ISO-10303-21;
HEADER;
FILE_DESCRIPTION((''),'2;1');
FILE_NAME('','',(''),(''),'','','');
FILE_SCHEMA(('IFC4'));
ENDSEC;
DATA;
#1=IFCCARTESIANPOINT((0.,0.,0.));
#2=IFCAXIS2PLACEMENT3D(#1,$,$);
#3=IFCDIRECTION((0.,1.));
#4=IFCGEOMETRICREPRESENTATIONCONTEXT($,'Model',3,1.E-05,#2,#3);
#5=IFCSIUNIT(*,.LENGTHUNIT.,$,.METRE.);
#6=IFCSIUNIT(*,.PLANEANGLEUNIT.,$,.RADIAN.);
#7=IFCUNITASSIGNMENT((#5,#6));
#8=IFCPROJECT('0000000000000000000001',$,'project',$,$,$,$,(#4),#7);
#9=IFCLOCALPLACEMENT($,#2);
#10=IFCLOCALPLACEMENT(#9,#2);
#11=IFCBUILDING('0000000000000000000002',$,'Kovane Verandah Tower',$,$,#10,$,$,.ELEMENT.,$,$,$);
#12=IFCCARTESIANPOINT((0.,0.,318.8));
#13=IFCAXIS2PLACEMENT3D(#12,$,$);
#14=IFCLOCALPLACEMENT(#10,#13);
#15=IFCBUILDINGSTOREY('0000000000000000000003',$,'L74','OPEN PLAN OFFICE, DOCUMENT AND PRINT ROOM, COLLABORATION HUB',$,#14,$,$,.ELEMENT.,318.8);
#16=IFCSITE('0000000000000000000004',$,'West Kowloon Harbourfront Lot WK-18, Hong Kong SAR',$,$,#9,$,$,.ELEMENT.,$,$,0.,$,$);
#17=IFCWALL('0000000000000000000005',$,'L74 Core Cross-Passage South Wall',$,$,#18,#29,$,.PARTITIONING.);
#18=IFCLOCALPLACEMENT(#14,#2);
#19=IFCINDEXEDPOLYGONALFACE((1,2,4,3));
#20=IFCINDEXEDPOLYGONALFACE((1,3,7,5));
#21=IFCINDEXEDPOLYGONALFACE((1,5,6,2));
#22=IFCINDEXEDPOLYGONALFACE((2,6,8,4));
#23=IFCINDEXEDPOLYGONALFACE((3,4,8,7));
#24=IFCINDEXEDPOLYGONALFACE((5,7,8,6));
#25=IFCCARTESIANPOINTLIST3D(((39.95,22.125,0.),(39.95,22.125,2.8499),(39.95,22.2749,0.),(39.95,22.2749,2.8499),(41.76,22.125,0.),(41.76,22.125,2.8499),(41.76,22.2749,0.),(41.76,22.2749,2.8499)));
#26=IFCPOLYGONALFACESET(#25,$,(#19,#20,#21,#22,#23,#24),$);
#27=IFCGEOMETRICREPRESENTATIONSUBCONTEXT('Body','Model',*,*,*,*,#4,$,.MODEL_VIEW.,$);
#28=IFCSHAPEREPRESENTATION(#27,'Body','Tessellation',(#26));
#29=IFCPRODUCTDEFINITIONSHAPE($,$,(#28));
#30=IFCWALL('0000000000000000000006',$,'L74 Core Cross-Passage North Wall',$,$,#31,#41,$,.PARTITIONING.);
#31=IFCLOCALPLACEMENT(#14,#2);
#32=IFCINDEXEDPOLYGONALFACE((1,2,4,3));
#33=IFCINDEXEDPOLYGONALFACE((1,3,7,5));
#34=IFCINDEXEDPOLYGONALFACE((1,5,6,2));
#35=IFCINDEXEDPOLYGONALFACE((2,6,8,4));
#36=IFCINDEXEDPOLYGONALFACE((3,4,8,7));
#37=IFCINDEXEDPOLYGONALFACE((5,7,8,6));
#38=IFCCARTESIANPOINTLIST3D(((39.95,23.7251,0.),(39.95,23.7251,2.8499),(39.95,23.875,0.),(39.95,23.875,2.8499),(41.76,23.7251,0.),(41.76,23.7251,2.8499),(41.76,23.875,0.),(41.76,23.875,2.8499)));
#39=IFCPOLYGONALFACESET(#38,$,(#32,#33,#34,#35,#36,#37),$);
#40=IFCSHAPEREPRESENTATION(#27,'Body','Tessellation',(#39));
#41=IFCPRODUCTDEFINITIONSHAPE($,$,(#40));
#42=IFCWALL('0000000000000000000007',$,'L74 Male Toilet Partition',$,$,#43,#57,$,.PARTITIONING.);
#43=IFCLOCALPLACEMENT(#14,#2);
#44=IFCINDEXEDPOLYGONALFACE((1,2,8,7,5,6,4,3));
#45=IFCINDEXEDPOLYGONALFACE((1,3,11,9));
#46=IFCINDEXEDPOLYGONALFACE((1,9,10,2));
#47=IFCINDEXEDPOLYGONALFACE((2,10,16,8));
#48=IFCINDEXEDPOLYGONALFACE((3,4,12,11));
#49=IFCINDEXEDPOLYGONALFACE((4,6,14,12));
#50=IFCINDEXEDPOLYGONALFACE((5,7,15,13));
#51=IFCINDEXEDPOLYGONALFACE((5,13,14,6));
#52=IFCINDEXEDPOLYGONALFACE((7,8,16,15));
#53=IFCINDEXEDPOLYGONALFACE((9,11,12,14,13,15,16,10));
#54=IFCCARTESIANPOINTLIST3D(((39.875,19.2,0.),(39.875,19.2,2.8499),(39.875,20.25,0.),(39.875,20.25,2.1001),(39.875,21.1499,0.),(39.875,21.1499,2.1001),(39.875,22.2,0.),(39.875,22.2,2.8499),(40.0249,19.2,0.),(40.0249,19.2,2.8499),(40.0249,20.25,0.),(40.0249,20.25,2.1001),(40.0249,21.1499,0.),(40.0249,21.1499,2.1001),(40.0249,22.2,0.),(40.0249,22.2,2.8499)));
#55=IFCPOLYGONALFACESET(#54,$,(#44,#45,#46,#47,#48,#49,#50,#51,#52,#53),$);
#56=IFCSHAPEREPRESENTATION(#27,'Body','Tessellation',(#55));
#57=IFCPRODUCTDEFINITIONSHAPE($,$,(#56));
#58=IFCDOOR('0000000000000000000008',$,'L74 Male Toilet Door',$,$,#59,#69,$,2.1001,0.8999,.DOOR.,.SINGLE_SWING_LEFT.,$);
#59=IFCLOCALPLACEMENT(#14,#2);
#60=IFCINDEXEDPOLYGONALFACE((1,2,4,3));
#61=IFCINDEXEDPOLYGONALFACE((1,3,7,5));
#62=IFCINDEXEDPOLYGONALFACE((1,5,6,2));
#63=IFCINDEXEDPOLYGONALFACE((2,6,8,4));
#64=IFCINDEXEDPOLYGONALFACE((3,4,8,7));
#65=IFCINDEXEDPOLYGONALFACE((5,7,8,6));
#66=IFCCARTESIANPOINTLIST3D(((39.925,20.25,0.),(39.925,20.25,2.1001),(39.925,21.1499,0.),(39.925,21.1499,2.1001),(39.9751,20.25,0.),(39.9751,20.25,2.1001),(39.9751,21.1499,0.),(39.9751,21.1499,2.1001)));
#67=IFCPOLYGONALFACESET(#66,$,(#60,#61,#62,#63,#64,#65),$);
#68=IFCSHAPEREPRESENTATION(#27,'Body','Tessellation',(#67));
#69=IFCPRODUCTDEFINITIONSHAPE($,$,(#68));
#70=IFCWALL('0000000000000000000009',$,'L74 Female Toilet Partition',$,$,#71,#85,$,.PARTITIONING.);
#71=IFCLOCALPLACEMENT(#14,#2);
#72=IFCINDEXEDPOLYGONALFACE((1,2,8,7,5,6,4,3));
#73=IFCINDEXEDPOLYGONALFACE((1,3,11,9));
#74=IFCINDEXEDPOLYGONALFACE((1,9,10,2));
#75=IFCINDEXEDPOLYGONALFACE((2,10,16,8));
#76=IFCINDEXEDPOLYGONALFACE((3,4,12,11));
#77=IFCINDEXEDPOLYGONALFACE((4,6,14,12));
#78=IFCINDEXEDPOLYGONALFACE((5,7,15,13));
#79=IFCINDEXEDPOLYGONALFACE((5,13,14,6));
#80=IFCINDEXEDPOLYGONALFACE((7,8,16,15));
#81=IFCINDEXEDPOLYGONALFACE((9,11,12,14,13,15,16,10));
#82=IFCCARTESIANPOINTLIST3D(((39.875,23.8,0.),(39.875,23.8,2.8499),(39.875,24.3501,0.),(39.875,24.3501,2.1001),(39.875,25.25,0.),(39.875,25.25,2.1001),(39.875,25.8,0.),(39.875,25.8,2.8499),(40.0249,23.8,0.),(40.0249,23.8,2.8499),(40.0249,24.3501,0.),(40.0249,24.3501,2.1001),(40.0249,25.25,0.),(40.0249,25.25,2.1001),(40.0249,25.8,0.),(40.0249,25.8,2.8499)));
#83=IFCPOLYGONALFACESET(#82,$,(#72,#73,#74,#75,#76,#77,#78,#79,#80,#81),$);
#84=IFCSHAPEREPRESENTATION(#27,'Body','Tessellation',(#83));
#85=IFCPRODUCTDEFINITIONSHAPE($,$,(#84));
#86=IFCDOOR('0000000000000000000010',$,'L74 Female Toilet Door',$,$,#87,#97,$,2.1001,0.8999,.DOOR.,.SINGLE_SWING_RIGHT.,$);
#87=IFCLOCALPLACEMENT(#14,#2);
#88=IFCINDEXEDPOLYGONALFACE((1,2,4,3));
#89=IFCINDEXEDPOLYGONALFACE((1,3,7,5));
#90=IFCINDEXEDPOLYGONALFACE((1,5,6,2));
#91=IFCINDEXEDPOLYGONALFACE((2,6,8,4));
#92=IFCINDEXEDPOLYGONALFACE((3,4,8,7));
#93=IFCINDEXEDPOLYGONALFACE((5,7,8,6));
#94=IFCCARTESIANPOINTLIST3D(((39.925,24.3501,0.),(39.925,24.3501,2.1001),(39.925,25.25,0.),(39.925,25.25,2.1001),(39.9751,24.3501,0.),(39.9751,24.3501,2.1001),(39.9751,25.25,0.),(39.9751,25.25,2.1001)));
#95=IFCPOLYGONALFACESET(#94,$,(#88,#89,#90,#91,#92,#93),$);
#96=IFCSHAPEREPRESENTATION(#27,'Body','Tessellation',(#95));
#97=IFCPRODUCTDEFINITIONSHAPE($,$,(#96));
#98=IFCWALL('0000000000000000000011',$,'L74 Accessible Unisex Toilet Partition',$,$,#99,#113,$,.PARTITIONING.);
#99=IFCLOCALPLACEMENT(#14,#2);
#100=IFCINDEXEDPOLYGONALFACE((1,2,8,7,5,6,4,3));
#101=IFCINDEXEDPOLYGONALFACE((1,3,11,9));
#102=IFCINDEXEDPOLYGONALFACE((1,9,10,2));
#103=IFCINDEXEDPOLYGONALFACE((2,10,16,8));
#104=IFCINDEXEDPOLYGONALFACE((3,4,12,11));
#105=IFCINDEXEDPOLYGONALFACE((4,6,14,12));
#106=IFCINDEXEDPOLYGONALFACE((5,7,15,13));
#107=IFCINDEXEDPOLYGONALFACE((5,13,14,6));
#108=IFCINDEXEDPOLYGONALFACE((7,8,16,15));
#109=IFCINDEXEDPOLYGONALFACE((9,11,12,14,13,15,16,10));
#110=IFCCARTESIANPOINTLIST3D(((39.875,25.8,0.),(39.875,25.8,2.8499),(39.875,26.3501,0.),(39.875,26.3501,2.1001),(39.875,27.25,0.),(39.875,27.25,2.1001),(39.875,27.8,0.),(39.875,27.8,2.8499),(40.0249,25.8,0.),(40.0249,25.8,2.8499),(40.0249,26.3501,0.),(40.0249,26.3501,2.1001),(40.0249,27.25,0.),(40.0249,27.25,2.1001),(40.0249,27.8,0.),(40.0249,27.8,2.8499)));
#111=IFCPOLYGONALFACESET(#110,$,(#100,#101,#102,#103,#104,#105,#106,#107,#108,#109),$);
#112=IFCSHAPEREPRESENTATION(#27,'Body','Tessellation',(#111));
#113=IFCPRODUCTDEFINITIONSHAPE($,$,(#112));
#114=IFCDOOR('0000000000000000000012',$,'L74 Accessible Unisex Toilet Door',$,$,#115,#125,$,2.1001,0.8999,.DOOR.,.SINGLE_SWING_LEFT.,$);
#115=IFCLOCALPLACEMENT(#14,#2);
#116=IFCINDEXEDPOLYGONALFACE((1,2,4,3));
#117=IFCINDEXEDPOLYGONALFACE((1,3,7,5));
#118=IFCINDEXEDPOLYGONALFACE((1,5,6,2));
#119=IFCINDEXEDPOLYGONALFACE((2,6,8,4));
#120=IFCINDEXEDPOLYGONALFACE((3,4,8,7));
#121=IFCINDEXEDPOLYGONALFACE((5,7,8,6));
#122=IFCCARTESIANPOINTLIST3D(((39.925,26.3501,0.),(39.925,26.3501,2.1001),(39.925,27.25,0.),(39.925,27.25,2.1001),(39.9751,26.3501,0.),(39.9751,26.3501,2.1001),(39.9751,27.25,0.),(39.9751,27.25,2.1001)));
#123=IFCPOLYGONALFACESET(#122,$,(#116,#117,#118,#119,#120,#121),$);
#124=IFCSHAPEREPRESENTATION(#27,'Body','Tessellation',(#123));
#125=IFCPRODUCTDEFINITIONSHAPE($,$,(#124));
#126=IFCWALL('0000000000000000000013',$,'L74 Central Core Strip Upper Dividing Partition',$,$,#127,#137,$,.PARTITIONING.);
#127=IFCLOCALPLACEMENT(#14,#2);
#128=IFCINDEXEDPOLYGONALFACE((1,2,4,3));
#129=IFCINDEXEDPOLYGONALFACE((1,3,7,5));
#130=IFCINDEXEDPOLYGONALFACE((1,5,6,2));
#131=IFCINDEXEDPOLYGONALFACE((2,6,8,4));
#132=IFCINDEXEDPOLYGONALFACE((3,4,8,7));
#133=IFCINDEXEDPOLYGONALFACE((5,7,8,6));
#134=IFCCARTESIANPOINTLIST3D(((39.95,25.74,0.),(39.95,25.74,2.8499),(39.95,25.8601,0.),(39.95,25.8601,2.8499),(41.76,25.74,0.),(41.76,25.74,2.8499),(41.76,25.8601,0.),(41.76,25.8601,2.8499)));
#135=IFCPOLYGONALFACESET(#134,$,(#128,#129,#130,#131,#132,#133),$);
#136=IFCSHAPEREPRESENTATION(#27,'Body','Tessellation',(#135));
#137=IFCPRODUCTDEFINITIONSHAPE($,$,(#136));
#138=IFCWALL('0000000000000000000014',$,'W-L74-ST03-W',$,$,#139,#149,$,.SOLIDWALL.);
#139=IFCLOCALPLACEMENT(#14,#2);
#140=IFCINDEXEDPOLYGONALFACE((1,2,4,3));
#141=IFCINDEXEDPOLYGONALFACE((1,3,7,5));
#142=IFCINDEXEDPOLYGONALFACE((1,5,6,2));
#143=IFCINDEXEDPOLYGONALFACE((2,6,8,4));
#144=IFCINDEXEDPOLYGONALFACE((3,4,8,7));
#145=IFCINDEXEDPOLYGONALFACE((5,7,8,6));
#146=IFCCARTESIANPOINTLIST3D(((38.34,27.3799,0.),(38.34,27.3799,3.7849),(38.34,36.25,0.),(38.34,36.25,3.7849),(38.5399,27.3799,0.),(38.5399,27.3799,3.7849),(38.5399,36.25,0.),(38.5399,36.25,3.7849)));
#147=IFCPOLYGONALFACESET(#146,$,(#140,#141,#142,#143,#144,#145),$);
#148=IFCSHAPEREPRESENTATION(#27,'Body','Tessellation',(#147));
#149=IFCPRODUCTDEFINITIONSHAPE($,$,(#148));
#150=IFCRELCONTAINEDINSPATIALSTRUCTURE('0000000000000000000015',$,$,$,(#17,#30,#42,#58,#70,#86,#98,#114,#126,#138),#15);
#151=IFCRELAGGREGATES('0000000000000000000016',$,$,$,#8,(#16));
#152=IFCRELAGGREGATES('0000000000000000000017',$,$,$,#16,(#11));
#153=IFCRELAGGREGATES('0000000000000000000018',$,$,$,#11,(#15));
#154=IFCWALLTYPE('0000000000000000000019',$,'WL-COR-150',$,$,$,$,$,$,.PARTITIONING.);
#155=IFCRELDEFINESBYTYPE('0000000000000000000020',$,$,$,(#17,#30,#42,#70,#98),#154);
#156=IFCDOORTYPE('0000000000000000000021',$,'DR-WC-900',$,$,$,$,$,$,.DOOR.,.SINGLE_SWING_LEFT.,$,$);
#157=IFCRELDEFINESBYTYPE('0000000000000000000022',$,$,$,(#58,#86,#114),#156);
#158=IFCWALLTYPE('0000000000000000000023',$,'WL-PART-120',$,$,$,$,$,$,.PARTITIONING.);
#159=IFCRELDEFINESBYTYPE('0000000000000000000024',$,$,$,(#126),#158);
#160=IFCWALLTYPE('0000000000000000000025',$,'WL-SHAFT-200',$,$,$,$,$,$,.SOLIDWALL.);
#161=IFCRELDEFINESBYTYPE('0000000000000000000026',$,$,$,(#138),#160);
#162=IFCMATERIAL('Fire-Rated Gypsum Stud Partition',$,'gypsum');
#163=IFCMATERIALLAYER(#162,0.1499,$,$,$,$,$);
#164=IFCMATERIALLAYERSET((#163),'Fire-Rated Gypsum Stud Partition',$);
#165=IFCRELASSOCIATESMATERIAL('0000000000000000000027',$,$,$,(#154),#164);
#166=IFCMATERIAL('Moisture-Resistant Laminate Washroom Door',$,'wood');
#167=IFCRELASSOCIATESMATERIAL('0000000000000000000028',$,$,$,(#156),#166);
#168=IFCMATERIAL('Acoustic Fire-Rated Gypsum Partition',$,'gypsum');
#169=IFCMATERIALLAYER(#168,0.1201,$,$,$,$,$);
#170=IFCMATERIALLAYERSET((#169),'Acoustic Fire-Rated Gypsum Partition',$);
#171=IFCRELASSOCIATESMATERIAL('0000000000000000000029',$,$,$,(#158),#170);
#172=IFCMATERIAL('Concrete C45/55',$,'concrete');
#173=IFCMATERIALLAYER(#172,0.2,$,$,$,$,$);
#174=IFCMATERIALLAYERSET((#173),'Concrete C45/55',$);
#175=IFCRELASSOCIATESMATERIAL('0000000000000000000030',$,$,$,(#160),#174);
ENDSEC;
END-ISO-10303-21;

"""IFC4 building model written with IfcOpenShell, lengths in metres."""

from ifc_helpers import new_model, si_unit, direction, frame, frame_2d, origin, place, context, subcontext, project, spatial, rectangle, extrude, material, layer, layer_set, type_object, element, fill, save


model = new_model("IFC4")

# Units and contexts
model_context = context("Model", 3, precision=1e-05, world=origin(), true_north=direction((0.0, 1.0)))
body_context = subcontext(model_context, "Body", "Model", "MODEL_VIEW")
ifc_project = project(units=[si_unit("LENGTHUNIT", "METRE"), si_unit("PLANEANGLEUNIT", "RADIAN")], contexts=[model_context])

# Site, building, storey
site_placement = place(None, origin())
site = spatial("IfcSite", under=ifc_project, at=site_placement, Name="West Kowloon Harbourfront Lot WK-18, Hong Kong SAR", CompositionType="ELEMENT", RefElevation=0.0)
building_placement = place(site_placement, origin())
building = spatial("IfcBuilding", under=site, at=building_placement, Name="Kovane Verandah Tower", CompositionType="ELEMENT")
storey_placement = place(building_placement, frame((0.0, 0.0, 318.8)))
storey = spatial("IfcBuildingStorey", under=building, at=storey_placement, Name="L74", Description="OPEN PLAN OFFICE, DOCUMENT AND PRINT ROOM, COLLABORATION HUB", CompositionType="ELEMENT", Elevation=318.8)

# Walls
ifc_material_1 = material(Name="Fire-Rated Gypsum Stud Partition", Category="gypsum")
ifc_layer_1 = layer(ifc_material_1, 0.1499)
ifc_layer_set_1 = layer_set([ifc_layer_1], Name="Fire-Rated Gypsum Stud Partition")
wall_type_1 = type_object("IfcWallType", Name="WL-COR-150", PredefinedType="PARTITIONING", material=ifc_layer_set_1)
for number, where, z_axis, x_axis, name in (
    (1, (39.95, 22.2, 0.0), (0.0, 0.0, 1.0), (1.0, 0.0, 0.0), "L74 Core Cross-Passage South Wall"),
    (2, (39.95, 23.8, 0.0), (0.0, 0.0, 1.0), (1.0, 0.0, 0.0), "L74 Core Cross-Passage North Wall"),
):
    element("IfcWall", number, at=place(storey_placement, frame(where, z_axis=z_axis, x_axis=x_axis)), inside=storey, type_object=wall_type_1, Name=name, PredefinedType="PARTITIONING", context=body_context, shape_type="SweptSolid", body=[
        extrude(rectangle(XDim=1.8101, YDim=0.1499, at=frame_2d((0.905, 0.0))), origin(), (0.0, 0.0, 1.0), 2.8499),
    ])

# Walls, openings, doors
wall_1_placement = place(storey_placement, frame((39.95, 19.2, 0.0), z_axis=(0.0, 0.0, 1.0), x_axis=(0.0, 1.0, 0.0)))
wall_1 = element("IfcWall", 3, at=wall_1_placement, inside=storey, type_object=wall_type_1, Name="L74 Male Toilet Partition", PredefinedType="PARTITIONING", context=body_context, shape_type="SweptSolid", body=[
    extrude(rectangle(XDim=3.0, YDim=0.1499, at=frame_2d((1.5, 0.0))), origin(), (0.0, 0.0, 1.0), 2.8499),
])
opening_1_placement = place(wall_1_placement, frame((1.05, 0.0, 0.0)))
opening_1 = element("IfcOpeningElement", 4, at=opening_1_placement, cuts=wall_1, PredefinedType="OPENING", context=body_context, shape_type="SweptSolid", body=[
    extrude(rectangle(XDim=0.8999, YDim=2.1001, at=frame_2d((0.45, 1.05))), frame((0.0, 0.075, 0.0), z_axis=(0.0, -1.0, 0.0), x_axis=(1.0, 0.0, 0.0)), (0.0, 0.0, 1.0), 0.1499),
])
ifc_material_2 = material(Name="Moisture-Resistant Laminate Washroom Door", Category="wood")
door_type_1 = type_object("IfcDoorType", Name="DR-WC-900", OperationType="SINGLE_SWING_LEFT", PredefinedType="DOOR", material=ifc_material_2)
door_1_placement = place(opening_1_placement, origin())
door_1 = element("IfcDoor", 5, at=door_1_placement, inside=storey, type_object=door_type_1, Name="L74 Male Toilet Door", OperationType="SINGLE_SWING_LEFT", OverallHeight=2.1001, OverallWidth=0.8999, PredefinedType="DOOR", context=body_context, shape_type="SweptSolid", body=[
    extrude(rectangle(XDim=0.8999, YDim=2.1001, at=frame_2d((0.45, 1.05))), frame((0.0, 0.0249, 0.0), z_axis=(0.0, -1.0, 0.0), x_axis=(1.0, 0.0, 0.0)), (0.0, 0.0, 1.0), 0.05),
])
fill(opening_1, door_1)
wall_2_placement = place(storey_placement, frame((39.95, 23.8, 0.0), z_axis=(0.0, 0.0, 1.0), x_axis=(0.0, 1.0, 0.0)))
wall_2 = element("IfcWall", 6, at=wall_2_placement, inside=storey, type_object=wall_type_1, Name="L74 Female Toilet Partition", PredefinedType="PARTITIONING", context=body_context, shape_type="SweptSolid", body=[
    extrude(rectangle(XDim=2.0, YDim=0.1499, at=frame_2d((1.0, 0.0))), origin(), (0.0, 0.0, 1.0), 2.8499),
])
opening_2_placement = place(wall_2_placement, frame((0.55, 0.0, 0.0)))
opening_2 = element("IfcOpeningElement", 7, at=opening_2_placement, cuts=wall_2, PredefinedType="OPENING", context=body_context, shape_type="SweptSolid", body=[
    extrude(rectangle(XDim=0.8999, YDim=2.1001, at=frame_2d((0.45, 1.05))), frame((0.0, 0.075, 0.0), z_axis=(0.0, -1.0, 0.0), x_axis=(1.0, 0.0, 0.0)), (0.0, 0.0, 1.0), 0.1499),
])
door_2_placement = place(opening_2_placement, origin())
door_2 = element("IfcDoor", 8, at=door_2_placement, inside=storey, type_object=door_type_1, Name="L74 Female Toilet Door", OperationType="SINGLE_SWING_RIGHT", OverallHeight=2.1001, OverallWidth=0.8999, PredefinedType="DOOR", context=body_context, shape_type="SweptSolid", body=[
    extrude(rectangle(XDim=0.8999, YDim=2.1001, at=frame_2d((0.45, 1.05))), frame((0.0, 0.0249, 0.0), z_axis=(0.0, -1.0, 0.0), x_axis=(1.0, 0.0, 0.0)), (0.0, 0.0, 1.0), 0.05),
])
fill(opening_2, door_2)
wall_3_placement = place(storey_placement, frame((39.95, 25.8, 0.0), z_axis=(0.0, 0.0, 1.0), x_axis=(0.0, 1.0, 0.0)))
wall_3 = element("IfcWall", 9, at=wall_3_placement, inside=storey, type_object=wall_type_1, Name="L74 Accessible Unisex Toilet Partition", PredefinedType="PARTITIONING", context=body_context, shape_type="SweptSolid", body=[
    extrude(rectangle(XDim=2.0, YDim=0.1499, at=frame_2d((1.0, 0.0))), origin(), (0.0, 0.0, 1.0), 2.8499),
])
opening_3_placement = place(wall_3_placement, frame((0.55, 0.0, 0.0)))
opening_3 = element("IfcOpeningElement", 10, at=opening_3_placement, cuts=wall_3, PredefinedType="OPENING", context=body_context, shape_type="SweptSolid", body=[
    extrude(rectangle(XDim=0.8999, YDim=2.1001, at=frame_2d((0.45, 1.05))), frame((0.0, 0.075, 0.0), z_axis=(0.0, -1.0, 0.0), x_axis=(1.0, 0.0, 0.0)), (0.0, 0.0, 1.0), 0.1499),
])
door_3_placement = place(opening_3_placement, origin())
door_3 = element("IfcDoor", 11, at=door_3_placement, inside=storey, type_object=door_type_1, Name="L74 Accessible Unisex Toilet Door", OperationType="SINGLE_SWING_LEFT", OverallHeight=2.1001, OverallWidth=0.8999, PredefinedType="DOOR", context=body_context, shape_type="SweptSolid", body=[
    extrude(rectangle(XDim=0.8999, YDim=2.1001, at=frame_2d((0.45, 1.05))), frame((0.0, 0.0249, 0.0), z_axis=(0.0, -1.0, 0.0), x_axis=(1.0, 0.0, 0.0)), (0.0, 0.0, 1.0), 0.05),
])
fill(opening_3, door_3)

# Walls
ifc_material_3 = material(Name="Acoustic Fire-Rated Gypsum Partition", Category="gypsum")
ifc_layer_2 = layer(ifc_material_3, 0.1201)
ifc_layer_set_2 = layer_set([ifc_layer_2], Name="Acoustic Fire-Rated Gypsum Partition")
wall_type_2 = type_object("IfcWallType", Name="WL-PART-120", PredefinedType="PARTITIONING", material=ifc_layer_set_2)
wall_4_placement = place(storey_placement, frame((39.95, 25.8, 0.0), z_axis=(0.0, 0.0, 1.0), x_axis=(1.0, 0.0, 0.0)))
element("IfcWall", 12, at=wall_4_placement, inside=storey, type_object=wall_type_2, Name="L74 Central Core Strip Upper Dividing Partition", PredefinedType="PARTITIONING", context=body_context, shape_type="SweptSolid", body=[
    extrude(rectangle(XDim=1.8101, YDim=0.1201, at=frame_2d((0.905, 0.0))), origin(), (0.0, 0.0, 1.0), 2.8499),
])
ifc_material_4 = material(Name="Concrete C45/55", Category="concrete")
ifc_layer_3 = layer(ifc_material_4, 0.2)
ifc_layer_set_3 = layer_set([ifc_layer_3], Name="Concrete C45/55")
wall_type_3 = type_object("IfcWallType", Name="WL-SHAFT-200", PredefinedType="SOLIDWALL", material=ifc_layer_set_3)
wall_5_placement = place(storey_placement, frame((38.4399, 27.3799, 0.0), z_axis=(0.0, 0.0, 1.0), x_axis=(0.0, 1.0, 0.0)))
element("IfcWall", 13, at=wall_5_placement, inside=storey, type_object=wall_type_3, Name="W-L74-ST03-W", PredefinedType="SOLIDWALL", context=body_context, shape_type="SweptSolid", body=[
    extrude(rectangle(XDim=8.8701, YDim=0.2, at=frame_2d((4.4351, 0.0))), origin(), (0.0, 0.0, 1.0), 3.7849),
])

save(model, "model.ifc")
